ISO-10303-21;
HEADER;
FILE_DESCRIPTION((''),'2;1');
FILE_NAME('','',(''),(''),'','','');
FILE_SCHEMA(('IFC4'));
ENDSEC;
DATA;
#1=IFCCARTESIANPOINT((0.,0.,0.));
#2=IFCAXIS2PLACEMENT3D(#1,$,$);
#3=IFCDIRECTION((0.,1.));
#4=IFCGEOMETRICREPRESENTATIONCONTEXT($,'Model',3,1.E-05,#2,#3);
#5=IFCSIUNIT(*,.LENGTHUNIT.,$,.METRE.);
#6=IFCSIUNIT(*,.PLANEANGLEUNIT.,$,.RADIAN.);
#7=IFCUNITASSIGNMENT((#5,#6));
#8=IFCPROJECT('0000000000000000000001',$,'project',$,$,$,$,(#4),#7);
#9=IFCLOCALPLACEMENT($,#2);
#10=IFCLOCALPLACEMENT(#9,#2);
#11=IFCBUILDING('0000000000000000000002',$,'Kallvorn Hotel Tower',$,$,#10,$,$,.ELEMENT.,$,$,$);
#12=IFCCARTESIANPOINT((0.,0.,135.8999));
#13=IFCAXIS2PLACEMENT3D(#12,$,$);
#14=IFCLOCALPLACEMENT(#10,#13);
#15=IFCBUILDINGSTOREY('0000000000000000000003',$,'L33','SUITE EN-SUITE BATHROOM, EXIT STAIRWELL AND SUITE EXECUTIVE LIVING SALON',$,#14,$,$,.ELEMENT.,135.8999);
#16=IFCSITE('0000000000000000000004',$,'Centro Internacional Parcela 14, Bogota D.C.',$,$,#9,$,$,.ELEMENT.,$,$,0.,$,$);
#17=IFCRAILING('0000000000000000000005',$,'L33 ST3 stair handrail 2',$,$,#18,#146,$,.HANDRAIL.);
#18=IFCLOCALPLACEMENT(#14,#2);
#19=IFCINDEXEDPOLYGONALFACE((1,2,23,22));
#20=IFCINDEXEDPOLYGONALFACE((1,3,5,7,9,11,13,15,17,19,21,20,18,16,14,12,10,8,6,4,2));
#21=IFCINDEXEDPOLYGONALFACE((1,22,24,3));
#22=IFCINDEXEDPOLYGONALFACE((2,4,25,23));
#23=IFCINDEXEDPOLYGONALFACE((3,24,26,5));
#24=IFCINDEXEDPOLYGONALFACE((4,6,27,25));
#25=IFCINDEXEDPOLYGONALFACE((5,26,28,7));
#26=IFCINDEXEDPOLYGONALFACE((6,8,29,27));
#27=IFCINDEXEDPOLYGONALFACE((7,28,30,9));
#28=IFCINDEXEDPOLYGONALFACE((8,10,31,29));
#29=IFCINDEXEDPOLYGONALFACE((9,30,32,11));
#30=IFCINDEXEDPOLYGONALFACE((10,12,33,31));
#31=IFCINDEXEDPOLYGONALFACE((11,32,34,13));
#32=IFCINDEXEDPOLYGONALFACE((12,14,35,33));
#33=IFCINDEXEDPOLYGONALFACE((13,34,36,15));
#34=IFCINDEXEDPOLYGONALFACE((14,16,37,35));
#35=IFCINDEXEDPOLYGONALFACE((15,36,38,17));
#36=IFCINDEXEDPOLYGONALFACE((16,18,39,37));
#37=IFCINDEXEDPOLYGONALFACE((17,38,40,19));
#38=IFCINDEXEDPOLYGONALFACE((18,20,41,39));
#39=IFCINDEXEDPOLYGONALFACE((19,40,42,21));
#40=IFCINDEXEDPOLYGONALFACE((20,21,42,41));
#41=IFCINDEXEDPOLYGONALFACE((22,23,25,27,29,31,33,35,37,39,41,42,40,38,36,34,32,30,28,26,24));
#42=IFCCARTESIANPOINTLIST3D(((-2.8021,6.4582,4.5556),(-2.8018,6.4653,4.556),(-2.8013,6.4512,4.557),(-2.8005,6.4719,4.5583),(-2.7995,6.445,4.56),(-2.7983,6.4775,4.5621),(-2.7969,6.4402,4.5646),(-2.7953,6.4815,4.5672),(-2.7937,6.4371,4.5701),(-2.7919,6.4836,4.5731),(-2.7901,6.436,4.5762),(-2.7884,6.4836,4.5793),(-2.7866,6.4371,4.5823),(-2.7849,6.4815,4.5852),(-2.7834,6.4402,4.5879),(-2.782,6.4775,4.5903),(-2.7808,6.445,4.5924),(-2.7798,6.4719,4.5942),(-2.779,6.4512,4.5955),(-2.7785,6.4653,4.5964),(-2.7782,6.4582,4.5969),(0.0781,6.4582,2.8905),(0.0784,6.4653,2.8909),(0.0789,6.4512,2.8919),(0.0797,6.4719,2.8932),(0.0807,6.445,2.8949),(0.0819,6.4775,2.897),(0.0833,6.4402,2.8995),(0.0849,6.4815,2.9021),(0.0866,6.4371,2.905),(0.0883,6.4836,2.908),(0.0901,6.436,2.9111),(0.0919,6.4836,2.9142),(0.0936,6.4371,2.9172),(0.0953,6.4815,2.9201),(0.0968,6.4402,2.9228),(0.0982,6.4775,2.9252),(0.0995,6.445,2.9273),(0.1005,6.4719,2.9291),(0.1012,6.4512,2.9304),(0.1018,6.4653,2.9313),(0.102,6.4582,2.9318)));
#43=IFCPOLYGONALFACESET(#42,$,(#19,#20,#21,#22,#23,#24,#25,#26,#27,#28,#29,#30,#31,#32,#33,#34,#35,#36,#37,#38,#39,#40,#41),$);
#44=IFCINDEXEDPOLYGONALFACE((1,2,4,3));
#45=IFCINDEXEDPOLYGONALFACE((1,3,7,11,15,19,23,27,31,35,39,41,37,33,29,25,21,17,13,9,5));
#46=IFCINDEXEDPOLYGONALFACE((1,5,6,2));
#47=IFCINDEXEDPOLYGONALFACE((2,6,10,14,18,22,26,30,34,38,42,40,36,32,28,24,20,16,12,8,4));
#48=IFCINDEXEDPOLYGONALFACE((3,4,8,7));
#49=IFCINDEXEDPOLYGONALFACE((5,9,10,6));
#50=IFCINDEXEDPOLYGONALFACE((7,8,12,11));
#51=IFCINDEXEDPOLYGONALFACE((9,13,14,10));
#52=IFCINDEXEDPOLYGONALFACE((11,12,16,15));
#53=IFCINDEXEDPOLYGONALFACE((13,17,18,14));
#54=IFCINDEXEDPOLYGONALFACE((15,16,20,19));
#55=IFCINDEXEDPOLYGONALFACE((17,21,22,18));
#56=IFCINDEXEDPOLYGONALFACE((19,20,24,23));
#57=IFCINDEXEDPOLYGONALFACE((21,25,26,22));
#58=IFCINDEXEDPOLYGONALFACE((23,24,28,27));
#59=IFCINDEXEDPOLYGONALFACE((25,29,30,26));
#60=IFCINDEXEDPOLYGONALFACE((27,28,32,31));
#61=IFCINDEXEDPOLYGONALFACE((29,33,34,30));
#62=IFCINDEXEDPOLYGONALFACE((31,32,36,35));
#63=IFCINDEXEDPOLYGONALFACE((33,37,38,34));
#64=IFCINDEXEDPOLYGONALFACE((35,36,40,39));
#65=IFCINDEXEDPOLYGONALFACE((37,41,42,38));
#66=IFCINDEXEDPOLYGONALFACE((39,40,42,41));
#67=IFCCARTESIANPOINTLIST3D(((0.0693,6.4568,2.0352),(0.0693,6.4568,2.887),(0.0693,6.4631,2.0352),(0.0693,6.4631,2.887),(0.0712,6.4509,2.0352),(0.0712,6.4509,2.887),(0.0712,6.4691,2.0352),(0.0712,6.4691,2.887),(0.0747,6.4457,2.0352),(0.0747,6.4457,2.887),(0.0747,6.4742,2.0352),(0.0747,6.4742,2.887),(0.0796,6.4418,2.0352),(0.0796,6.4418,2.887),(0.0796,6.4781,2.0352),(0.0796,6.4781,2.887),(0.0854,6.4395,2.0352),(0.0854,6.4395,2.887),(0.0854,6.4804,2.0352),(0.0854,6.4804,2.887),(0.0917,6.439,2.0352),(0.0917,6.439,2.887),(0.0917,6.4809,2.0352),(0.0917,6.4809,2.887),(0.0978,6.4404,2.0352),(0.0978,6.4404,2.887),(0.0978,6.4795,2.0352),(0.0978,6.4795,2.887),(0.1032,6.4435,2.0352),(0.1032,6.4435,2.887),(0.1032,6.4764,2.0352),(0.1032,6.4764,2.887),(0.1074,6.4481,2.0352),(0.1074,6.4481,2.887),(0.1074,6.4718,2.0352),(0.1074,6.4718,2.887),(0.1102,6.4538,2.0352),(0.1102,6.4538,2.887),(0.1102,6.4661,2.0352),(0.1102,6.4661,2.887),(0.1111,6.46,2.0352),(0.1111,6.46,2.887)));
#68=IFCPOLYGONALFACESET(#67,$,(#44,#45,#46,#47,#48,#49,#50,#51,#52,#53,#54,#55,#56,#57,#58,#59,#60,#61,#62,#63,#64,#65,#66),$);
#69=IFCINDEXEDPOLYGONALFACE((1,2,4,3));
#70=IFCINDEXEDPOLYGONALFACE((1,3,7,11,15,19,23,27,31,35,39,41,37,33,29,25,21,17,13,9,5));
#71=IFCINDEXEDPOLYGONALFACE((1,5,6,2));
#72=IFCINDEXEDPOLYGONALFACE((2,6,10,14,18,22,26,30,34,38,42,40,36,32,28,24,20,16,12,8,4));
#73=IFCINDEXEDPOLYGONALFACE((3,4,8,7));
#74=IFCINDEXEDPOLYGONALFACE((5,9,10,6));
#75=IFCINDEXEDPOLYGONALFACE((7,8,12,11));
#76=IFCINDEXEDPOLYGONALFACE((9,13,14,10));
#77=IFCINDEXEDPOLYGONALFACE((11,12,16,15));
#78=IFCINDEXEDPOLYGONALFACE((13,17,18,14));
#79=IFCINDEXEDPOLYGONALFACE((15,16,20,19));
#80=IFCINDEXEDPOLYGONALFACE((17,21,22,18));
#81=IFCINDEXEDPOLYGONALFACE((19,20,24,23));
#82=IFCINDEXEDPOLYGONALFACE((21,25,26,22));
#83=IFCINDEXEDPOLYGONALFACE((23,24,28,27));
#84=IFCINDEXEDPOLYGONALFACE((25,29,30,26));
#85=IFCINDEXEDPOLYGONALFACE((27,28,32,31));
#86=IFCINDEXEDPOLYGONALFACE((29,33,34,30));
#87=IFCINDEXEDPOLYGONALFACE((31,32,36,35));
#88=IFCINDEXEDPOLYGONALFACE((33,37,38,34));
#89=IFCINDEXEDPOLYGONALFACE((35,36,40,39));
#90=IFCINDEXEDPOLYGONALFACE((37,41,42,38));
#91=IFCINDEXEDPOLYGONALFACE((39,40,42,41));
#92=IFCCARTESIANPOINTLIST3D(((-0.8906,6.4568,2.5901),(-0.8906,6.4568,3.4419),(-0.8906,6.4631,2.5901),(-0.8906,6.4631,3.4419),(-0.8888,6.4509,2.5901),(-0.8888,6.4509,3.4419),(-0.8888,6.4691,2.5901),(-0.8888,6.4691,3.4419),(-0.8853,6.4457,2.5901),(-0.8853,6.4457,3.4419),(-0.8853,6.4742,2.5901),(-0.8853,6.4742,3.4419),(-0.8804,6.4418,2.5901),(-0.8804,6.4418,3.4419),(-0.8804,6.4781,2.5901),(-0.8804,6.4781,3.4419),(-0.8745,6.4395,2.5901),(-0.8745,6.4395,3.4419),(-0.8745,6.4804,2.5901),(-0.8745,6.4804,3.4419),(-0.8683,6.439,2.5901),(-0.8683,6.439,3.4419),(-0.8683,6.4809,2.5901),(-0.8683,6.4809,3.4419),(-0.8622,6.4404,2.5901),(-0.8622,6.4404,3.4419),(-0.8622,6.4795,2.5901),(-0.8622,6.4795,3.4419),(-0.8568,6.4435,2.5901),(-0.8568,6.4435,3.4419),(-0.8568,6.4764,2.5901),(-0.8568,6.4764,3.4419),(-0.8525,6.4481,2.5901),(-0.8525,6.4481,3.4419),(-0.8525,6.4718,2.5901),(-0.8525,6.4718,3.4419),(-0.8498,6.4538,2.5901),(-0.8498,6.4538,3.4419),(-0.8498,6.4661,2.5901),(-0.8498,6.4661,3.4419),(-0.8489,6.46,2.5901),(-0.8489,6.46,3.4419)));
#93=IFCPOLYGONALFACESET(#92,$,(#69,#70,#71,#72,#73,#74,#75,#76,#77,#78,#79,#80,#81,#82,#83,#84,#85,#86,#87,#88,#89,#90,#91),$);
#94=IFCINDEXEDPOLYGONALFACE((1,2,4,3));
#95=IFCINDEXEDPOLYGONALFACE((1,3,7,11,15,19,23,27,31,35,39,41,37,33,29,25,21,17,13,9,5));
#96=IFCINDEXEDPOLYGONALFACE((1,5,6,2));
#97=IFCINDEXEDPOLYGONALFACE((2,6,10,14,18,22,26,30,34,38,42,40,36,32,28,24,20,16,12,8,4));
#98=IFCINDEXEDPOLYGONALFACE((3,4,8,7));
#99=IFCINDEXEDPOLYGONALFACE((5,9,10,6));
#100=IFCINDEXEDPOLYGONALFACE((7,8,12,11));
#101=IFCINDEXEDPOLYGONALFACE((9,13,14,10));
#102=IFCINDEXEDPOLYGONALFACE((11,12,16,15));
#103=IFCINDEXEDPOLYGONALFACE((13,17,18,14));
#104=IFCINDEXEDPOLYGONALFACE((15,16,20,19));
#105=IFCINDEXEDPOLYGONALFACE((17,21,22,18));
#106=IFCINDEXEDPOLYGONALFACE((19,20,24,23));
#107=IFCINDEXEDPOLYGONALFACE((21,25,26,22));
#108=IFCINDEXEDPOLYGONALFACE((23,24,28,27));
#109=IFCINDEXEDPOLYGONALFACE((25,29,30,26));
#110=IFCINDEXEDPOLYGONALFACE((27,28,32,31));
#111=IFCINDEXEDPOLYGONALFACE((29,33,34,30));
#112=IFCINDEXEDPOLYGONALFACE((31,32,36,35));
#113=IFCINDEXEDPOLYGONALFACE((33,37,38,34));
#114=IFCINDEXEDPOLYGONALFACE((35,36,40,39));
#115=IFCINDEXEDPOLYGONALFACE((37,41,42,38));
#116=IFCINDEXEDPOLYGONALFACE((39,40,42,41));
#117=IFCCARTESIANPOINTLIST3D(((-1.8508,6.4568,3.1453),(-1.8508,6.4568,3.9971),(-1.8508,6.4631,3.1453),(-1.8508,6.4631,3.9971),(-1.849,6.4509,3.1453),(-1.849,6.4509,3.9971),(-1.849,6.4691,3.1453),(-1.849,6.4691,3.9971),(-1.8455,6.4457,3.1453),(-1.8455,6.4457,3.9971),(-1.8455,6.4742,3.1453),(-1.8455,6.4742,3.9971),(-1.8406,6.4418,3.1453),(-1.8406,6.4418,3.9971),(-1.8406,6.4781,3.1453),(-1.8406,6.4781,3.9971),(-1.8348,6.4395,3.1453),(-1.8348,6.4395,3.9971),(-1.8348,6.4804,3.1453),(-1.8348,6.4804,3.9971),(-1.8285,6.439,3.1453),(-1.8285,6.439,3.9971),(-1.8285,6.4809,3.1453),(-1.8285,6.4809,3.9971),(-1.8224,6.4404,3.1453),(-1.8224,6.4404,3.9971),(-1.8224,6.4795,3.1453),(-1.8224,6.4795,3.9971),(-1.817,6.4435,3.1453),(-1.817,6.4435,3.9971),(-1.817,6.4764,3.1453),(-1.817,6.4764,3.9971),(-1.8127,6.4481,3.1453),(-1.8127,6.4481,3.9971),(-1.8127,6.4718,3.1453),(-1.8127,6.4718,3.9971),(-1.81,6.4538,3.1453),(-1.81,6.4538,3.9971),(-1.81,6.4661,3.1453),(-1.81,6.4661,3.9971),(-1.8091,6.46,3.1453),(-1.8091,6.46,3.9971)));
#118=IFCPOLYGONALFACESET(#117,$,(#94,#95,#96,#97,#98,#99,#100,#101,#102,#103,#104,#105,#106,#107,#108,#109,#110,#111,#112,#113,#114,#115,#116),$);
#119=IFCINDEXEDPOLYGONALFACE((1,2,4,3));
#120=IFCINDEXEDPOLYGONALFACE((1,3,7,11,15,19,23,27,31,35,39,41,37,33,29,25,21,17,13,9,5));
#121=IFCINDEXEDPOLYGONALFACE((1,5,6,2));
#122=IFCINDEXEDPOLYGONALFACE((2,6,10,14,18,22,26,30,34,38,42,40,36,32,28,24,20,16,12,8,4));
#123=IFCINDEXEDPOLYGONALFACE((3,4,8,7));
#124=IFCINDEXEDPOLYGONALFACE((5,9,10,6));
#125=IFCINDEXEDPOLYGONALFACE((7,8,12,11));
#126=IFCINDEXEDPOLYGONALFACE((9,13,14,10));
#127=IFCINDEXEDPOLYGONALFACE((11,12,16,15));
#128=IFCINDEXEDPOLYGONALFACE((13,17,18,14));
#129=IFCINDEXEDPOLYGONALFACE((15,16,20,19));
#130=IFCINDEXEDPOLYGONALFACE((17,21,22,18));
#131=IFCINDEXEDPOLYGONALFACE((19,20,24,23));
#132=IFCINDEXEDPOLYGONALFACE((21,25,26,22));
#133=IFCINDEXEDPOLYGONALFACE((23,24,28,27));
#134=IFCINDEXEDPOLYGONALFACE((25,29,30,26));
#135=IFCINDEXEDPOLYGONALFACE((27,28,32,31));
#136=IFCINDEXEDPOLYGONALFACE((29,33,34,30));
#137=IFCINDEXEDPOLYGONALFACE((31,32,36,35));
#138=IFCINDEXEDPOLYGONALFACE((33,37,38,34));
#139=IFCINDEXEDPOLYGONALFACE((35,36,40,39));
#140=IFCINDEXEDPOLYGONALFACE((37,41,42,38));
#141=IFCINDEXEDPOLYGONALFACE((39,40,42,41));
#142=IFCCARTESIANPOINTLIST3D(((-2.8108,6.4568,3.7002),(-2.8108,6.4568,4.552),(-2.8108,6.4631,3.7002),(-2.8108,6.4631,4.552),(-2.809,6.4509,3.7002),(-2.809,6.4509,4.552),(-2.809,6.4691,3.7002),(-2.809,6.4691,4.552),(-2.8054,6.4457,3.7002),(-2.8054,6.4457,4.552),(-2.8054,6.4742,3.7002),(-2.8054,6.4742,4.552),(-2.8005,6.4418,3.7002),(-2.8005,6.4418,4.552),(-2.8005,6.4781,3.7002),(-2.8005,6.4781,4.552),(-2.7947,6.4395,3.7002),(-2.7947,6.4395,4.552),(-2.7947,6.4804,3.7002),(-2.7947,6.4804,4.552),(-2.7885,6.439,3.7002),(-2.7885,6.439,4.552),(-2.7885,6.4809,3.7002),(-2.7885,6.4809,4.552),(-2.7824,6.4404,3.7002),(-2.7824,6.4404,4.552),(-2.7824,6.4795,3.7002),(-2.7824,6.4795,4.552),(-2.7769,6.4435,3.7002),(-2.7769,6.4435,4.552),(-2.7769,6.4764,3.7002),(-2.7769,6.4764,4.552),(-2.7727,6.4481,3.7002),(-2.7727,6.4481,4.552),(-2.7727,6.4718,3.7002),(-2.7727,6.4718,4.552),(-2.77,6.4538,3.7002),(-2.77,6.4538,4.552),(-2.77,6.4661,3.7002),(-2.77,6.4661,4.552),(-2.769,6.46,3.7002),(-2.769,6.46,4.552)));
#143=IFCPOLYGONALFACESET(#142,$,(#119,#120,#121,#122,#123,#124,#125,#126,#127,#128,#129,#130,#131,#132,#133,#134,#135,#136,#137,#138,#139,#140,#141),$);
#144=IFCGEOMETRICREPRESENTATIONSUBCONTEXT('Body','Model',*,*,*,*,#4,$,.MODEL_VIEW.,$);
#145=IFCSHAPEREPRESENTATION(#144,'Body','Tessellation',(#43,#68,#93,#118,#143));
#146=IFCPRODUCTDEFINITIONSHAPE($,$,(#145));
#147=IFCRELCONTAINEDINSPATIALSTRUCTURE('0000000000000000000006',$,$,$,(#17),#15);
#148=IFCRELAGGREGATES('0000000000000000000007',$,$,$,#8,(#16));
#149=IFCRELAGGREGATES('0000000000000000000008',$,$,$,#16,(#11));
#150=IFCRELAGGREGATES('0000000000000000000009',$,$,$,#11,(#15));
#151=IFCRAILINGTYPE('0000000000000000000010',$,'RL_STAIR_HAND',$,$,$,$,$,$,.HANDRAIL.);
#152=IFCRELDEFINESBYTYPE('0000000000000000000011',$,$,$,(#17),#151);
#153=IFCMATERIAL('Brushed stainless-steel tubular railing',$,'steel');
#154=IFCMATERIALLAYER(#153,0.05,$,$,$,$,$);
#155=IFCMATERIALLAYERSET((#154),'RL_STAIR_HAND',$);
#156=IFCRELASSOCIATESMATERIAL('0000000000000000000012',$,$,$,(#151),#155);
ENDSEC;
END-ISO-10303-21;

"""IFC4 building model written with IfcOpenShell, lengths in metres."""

from ifc_helpers import new_model, si_unit, direction, frame, origin, origin_2d, place, context, subcontext, project, spatial, circle, extrude, material, layer, layer_set, type_object, element, save


model = new_model("IFC4")

# Units and contexts
model_context = context("Model", 3, precision=1e-05, world=origin(), true_north=direction((0.0, 1.0)))
body_context = subcontext(model_context, "Body", "Model", "MODEL_VIEW")
ifc_project = project(units=[si_unit("LENGTHUNIT", "METRE"), si_unit("PLANEANGLEUNIT", "RADIAN")], contexts=[model_context])

# Site, building, storey
site_placement = place(None, origin())
site = spatial("IfcSite", under=ifc_project, at=site_placement, Name="Centro Internacional Parcela 14, Bogota D.C.", CompositionType="ELEMENT", RefElevation=0.0)
building_placement = place(site_placement, origin())
building = spatial("IfcBuilding", under=site, at=building_placement, Name="Kallvorn Hotel Tower", CompositionType="ELEMENT")
storey_placement = place(building_placement, frame((0.0, 0.0, 135.8999)))
storey = spatial("IfcBuildingStorey", under=building, at=storey_placement, Name="L33", Description="SUITE EN-SUITE BATHROOM, EXIT STAIRWELL AND SUITE EXECUTIVE LIVING SALON", CompositionType="ELEMENT", Elevation=135.8999)

# Railing
ifc_material_1 = material(Name="Brushed stainless-steel tubular railing", Category="steel")
ifc_layer_1 = layer(ifc_material_1, 0.05)
ifc_layer_set_1 = layer_set([ifc_layer_1], Name="RL_STAIR_HAND")
railing_type_1 = type_object("IfcRailingType", Name="RL_STAIR_HAND", PredefinedType="HANDRAIL", material=ifc_layer_set_1)
railing_1_placement = place(storey_placement, frame((0.0901, 6.46, 2.0352)))
element("IfcRailing", 1, at=railing_1_placement, inside=storey, type_object=railing_type_1, Name="L33 ST3 stair handrail 2", PredefinedType="HANDRAIL", context=body_context, shape_type="SweptSolid", body=[
    extrude(circle(Radius=0.0239, at=origin_2d()), frame((0.0, 0.0, 0.876), z_axis=(-0.865739, 0.0, 0.500495), x_axis=(0.0, -1.0, 0.0)), (0.0, 0.0, 1.0), 3.3269),
    extrude(circle(Radius=0.021, at=origin_2d()), origin(), (0.0, 0.0, 1.0), 0.8518),
    extrude(circle(Radius=0.021, at=origin_2d()), frame((-0.96, 0.0, 0.5549)), (0.0, 0.0, 1.0), 0.8518),
    extrude(circle(Radius=0.021, at=origin_2d()), frame((-1.9202, 0.0, 1.1101)), (0.0, 0.0, 1.0), 0.8518),
    extrude(circle(Radius=0.021, at=origin_2d()), frame((-2.8801, 0.0, 1.665)), (0.0, 0.0, 1.0), 0.8518),
])

save(model, "model.ifc")
